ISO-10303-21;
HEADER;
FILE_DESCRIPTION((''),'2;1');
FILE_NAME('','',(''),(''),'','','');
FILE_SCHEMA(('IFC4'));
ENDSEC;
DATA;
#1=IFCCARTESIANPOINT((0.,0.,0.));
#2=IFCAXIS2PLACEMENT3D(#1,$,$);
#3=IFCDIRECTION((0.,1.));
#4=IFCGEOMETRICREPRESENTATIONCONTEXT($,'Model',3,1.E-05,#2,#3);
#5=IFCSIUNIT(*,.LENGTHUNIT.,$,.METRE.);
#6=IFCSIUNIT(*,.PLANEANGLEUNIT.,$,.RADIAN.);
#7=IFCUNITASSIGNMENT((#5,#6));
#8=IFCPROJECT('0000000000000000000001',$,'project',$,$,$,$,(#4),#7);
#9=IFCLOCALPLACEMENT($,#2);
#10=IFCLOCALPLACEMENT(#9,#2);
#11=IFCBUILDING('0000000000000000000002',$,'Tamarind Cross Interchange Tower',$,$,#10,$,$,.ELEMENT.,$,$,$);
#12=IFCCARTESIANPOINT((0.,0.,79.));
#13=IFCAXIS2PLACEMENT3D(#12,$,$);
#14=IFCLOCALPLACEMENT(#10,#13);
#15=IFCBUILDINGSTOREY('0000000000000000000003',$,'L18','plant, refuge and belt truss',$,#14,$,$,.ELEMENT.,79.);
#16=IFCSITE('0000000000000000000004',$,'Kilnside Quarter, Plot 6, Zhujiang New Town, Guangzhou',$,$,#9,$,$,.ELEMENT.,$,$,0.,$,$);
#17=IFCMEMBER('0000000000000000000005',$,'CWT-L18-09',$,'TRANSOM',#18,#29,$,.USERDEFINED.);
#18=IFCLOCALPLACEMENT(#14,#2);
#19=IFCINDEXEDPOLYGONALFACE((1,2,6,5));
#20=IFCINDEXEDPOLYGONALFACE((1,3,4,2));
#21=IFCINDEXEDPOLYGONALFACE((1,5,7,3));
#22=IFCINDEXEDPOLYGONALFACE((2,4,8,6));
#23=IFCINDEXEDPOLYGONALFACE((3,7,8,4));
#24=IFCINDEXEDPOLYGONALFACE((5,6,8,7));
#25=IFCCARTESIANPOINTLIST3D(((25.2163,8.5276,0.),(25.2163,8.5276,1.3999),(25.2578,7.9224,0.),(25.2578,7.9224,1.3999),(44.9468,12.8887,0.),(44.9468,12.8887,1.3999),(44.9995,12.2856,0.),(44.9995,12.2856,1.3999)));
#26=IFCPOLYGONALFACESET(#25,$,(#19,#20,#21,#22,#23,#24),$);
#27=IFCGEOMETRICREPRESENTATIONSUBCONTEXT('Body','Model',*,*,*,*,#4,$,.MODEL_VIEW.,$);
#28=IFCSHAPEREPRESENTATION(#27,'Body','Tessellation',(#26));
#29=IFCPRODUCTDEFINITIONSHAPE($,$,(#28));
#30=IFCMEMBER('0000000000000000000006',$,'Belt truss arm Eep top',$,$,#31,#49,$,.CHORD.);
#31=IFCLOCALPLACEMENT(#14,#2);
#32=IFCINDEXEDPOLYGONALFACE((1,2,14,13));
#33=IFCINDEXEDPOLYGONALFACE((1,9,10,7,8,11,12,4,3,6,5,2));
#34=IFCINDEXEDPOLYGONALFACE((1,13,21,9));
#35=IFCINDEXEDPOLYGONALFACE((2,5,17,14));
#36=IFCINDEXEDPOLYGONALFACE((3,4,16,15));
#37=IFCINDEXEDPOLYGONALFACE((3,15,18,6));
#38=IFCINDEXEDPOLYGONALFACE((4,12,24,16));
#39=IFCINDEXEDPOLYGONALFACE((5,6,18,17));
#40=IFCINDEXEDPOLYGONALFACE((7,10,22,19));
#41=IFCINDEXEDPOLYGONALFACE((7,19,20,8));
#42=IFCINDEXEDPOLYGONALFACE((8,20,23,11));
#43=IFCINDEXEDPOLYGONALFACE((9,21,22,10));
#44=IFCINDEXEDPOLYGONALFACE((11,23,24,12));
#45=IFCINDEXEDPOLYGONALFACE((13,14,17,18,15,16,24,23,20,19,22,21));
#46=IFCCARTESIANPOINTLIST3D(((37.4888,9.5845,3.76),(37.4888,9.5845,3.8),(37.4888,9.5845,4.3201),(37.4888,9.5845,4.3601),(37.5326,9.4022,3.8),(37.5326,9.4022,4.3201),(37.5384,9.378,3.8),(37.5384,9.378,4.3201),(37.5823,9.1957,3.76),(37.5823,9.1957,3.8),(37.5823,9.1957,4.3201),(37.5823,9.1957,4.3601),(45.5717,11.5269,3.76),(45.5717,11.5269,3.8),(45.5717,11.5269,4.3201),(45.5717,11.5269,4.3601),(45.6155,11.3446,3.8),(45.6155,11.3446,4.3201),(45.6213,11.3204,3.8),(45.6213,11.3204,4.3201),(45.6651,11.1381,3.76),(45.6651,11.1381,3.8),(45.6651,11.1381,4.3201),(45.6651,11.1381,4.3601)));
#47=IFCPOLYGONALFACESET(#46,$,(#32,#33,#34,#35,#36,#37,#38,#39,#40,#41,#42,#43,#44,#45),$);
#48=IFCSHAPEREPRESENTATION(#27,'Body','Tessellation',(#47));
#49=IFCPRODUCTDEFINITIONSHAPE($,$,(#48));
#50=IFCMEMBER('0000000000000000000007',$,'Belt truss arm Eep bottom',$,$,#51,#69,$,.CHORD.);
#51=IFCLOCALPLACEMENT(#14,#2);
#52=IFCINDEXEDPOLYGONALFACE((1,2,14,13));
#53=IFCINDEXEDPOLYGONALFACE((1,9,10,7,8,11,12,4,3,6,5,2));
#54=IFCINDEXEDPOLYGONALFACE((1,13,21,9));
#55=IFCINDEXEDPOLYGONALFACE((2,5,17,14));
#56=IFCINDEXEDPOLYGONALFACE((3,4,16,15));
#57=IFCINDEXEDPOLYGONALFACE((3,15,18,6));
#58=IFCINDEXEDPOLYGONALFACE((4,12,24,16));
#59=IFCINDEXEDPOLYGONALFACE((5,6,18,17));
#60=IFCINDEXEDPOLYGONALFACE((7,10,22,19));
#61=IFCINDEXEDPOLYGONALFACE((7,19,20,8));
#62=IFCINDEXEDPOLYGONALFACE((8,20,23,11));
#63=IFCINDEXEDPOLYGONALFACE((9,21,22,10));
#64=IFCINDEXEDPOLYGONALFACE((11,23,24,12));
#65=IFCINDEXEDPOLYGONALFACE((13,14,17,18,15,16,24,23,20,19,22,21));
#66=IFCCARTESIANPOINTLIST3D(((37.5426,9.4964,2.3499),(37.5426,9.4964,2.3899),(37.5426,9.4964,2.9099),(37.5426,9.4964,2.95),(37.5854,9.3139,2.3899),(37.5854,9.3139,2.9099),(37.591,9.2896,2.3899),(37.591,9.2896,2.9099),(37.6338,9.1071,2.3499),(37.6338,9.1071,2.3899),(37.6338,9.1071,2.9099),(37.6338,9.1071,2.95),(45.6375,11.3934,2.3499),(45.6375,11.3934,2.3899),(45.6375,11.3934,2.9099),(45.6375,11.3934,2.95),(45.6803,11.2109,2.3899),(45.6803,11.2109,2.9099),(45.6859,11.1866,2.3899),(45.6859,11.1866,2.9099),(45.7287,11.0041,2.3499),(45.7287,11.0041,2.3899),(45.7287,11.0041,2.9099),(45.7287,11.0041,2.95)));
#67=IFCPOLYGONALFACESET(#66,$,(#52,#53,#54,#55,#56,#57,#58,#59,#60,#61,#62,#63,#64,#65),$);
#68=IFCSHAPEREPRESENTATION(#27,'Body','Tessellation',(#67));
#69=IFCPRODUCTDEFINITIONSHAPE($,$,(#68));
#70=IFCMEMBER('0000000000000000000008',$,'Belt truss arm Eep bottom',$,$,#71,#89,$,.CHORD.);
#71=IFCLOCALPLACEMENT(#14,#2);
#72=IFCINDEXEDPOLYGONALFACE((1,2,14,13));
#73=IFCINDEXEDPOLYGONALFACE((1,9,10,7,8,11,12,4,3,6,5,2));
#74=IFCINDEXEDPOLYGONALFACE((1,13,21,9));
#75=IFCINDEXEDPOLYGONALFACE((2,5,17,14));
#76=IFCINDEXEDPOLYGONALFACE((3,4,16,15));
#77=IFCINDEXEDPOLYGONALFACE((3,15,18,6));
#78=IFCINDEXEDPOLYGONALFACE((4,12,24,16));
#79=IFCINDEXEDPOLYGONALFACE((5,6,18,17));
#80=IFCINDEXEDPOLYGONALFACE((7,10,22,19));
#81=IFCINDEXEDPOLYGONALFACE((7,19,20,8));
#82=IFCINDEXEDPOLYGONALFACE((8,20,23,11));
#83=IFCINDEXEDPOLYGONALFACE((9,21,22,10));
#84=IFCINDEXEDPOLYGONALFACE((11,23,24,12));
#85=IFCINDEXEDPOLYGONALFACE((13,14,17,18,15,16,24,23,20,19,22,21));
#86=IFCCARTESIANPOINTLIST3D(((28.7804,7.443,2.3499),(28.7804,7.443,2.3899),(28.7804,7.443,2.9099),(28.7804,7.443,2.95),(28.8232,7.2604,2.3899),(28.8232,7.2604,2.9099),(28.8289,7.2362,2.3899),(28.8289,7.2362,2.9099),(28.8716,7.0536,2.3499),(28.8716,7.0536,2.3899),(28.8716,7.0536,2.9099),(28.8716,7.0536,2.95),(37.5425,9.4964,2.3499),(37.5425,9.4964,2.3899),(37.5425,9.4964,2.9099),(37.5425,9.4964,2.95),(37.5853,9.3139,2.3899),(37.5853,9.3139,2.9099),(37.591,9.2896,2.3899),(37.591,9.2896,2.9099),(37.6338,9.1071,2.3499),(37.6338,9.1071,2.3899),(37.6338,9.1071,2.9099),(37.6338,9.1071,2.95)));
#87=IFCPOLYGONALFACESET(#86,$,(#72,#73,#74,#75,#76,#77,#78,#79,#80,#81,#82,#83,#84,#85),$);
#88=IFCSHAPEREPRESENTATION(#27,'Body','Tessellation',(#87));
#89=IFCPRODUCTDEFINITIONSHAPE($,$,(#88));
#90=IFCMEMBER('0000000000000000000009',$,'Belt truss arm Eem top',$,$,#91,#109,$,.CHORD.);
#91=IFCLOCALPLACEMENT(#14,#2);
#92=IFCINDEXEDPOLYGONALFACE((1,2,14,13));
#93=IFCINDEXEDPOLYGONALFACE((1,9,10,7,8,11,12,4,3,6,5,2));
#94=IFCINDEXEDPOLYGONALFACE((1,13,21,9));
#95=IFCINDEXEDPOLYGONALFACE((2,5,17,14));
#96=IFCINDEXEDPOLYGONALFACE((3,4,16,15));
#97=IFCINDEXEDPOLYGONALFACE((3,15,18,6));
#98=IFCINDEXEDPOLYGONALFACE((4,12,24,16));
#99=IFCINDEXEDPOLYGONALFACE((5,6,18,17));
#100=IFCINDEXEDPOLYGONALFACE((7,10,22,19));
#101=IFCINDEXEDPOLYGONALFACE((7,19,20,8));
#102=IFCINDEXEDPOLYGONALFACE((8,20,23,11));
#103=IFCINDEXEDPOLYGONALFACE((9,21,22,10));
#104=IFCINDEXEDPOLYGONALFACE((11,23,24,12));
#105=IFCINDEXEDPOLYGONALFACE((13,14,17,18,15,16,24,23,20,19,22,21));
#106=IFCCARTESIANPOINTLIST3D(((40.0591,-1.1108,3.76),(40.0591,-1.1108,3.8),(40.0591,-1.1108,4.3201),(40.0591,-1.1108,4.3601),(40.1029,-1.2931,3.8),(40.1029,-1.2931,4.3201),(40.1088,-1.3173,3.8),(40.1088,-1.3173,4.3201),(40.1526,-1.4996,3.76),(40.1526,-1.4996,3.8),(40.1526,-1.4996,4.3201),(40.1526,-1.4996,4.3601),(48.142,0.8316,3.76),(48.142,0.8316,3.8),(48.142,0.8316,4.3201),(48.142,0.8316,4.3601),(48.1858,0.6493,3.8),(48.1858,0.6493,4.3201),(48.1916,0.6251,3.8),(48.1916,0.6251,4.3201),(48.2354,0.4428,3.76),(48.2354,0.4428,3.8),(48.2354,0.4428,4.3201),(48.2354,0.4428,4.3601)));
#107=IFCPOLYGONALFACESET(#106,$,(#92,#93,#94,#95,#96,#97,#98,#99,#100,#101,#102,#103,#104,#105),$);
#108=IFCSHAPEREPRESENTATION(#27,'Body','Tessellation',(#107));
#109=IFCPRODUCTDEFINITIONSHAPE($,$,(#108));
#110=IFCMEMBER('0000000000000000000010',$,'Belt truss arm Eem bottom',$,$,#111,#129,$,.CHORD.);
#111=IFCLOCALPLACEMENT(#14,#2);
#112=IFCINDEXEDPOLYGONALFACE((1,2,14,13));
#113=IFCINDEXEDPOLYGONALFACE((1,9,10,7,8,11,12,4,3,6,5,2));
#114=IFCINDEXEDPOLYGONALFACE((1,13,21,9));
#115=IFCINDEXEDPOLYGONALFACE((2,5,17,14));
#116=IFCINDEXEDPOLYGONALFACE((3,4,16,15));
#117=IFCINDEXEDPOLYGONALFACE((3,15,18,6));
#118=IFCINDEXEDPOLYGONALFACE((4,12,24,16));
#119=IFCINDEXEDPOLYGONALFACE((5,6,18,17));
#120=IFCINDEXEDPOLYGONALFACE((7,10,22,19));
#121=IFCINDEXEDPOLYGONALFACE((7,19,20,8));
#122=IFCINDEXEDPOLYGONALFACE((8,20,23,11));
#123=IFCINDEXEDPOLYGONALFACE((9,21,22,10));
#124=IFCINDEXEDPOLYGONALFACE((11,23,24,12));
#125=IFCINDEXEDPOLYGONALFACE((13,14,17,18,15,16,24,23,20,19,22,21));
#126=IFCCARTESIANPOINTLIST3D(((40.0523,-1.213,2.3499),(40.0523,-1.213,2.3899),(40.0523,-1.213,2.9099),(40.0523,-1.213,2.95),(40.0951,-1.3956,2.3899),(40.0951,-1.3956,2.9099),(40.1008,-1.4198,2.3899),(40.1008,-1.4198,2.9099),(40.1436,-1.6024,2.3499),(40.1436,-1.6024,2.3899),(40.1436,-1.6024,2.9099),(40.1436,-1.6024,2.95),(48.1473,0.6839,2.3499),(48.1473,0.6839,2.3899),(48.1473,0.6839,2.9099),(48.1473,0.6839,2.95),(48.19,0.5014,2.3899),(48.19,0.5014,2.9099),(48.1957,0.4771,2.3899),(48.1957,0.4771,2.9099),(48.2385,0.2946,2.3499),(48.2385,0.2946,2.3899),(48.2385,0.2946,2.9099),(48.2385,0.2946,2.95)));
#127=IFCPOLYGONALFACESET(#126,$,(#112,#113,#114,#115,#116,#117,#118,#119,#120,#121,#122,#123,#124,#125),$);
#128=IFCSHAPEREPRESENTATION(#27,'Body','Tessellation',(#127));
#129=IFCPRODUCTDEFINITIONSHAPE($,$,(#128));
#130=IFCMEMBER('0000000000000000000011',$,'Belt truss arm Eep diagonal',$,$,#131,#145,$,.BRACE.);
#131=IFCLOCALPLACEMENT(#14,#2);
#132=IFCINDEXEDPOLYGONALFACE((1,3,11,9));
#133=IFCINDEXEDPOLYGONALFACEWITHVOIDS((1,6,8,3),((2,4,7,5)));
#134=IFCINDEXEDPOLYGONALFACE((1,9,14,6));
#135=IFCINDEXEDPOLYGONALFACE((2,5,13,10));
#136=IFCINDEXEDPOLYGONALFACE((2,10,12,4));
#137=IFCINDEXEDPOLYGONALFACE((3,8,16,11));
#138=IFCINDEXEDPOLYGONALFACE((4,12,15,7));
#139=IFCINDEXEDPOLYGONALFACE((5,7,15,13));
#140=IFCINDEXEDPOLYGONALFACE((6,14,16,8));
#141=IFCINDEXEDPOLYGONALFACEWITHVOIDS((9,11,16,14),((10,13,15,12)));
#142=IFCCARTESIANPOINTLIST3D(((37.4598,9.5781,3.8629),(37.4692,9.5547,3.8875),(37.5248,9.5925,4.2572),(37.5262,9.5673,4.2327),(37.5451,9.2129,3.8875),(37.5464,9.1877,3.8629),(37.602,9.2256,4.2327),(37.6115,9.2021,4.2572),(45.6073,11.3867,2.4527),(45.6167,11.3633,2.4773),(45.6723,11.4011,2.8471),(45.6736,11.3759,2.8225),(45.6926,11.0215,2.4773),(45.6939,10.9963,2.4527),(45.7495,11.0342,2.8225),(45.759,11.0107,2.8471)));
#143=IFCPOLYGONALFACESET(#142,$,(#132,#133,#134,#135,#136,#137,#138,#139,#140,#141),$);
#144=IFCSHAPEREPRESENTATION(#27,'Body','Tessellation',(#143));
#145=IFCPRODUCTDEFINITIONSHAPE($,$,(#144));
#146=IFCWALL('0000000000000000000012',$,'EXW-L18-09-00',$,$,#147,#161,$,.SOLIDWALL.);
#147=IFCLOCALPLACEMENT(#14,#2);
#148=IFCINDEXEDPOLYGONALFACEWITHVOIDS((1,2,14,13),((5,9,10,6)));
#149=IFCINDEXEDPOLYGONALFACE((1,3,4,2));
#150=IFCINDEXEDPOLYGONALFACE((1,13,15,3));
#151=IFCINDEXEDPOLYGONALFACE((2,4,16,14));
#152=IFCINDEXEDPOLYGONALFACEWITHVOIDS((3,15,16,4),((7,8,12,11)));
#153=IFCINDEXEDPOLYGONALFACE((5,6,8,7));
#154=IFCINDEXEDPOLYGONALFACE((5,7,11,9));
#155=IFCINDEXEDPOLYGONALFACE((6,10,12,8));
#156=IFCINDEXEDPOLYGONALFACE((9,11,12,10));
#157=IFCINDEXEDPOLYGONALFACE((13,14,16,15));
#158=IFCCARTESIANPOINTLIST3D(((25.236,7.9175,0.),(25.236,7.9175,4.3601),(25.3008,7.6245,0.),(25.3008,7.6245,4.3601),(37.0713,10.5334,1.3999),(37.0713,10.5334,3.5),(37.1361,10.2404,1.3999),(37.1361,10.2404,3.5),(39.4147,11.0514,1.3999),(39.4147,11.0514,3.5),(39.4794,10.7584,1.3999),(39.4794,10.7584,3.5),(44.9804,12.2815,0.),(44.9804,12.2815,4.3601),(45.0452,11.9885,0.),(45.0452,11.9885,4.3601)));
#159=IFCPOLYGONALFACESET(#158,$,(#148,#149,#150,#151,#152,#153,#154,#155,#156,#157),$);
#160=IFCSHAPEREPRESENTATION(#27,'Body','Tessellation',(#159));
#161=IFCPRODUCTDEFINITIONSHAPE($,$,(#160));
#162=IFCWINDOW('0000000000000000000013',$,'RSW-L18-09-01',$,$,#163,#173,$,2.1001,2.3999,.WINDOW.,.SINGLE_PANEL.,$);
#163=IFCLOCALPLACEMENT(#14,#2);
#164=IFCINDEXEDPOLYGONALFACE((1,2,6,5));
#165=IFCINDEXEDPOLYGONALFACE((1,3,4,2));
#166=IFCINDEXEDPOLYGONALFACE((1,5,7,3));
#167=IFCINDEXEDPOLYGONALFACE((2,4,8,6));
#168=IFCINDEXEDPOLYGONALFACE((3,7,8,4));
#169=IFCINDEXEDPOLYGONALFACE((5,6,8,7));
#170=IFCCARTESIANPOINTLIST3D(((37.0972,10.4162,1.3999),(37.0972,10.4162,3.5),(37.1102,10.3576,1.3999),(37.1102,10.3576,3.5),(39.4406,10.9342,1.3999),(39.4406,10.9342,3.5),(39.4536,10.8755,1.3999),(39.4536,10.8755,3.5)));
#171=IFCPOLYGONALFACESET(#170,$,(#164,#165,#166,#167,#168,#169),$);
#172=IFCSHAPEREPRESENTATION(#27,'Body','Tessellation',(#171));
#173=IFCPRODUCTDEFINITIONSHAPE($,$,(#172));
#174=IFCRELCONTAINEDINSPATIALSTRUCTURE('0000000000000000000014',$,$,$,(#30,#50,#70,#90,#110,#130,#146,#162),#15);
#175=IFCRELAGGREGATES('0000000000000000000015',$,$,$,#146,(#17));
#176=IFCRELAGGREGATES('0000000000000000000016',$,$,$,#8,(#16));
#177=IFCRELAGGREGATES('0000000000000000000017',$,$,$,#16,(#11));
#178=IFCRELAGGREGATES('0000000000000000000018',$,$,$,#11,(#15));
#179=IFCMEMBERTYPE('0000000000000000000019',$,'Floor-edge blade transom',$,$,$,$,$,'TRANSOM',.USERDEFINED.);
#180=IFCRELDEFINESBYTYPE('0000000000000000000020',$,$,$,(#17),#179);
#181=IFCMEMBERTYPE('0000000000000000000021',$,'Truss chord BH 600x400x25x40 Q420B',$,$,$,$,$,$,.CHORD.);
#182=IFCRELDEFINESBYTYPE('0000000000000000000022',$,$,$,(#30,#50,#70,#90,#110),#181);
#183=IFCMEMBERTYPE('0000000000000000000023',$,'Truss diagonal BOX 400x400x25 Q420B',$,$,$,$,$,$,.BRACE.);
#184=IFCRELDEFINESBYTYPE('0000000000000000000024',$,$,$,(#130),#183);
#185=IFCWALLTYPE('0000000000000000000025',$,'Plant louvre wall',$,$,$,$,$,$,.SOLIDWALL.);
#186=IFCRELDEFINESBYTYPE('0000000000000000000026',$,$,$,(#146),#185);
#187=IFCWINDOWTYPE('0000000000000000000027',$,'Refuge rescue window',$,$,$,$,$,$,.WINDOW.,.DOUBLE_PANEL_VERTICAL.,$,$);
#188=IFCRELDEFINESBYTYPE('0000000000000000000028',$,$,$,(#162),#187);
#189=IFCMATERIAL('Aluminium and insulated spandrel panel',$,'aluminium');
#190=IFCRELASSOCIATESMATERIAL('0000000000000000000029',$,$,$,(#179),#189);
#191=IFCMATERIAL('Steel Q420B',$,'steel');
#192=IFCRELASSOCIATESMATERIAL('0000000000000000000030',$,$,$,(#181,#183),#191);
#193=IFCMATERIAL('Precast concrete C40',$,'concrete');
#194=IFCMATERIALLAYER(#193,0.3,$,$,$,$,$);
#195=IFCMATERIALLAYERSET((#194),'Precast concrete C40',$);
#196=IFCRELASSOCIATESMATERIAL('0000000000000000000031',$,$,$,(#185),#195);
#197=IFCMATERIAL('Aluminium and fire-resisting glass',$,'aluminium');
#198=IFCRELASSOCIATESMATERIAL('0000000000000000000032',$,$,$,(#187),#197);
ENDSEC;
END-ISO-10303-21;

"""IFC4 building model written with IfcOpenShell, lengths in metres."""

from ifc_helpers import new_model, si_unit, direction, frame, frame_2d, origin, origin_2d, place, context, subcontext, project, spatial, polyline, rectangle, hollow_rectangle, i_section, outline, extrude, material, layer, layer_set, material_profile, profile_set, type_object, element, fill, aggregate, save


model = new_model("IFC4")

# Units and contexts
model_context = context("Model", 3, precision=1e-05, world=origin(), true_north=direction((0.0, 1.0)))
body_context = subcontext(model_context, "Body", "Model", "MODEL_VIEW")
ifc_project = project(units=[si_unit("LENGTHUNIT", "METRE"), si_unit("PLANEANGLEUNIT", "RADIAN")], contexts=[model_context])

# Site, building, storey
site_placement = place(None, origin())
site = spatial("IfcSite", under=ifc_project, at=site_placement, Name="Kilnside Quarter, Plot 6, Zhujiang New Town, Guangzhou", CompositionType="ELEMENT", RefElevation=0.0)
building_placement = place(site_placement, origin())
building = spatial("IfcBuilding", under=site, at=building_placement, Name="Tamarind Cross Interchange Tower", CompositionType="ELEMENT")
storey_placement = place(building_placement, frame((0.0, 0.0, 79.0)))
storey = spatial("IfcBuildingStorey", under=building, at=storey_placement, Name="L18", Description="plant, refuge and belt truss", CompositionType="ELEMENT", Elevation=79.0)

# Member
ifc_material_1 = material(Name="Aluminium and insulated spandrel panel", Category="aluminium")
member_type_1 = type_object("IfcMemberType", Name="Floor-edge blade transom", ElementType="TRANSOM", PredefinedType="USERDEFINED", material=ifc_material_1)
member_1_placement = place(storey_placement, origin())
member_1 = element("IfcMember", 1, at=member_1_placement, type_object=member_type_1, Name="CWT-L18-09", ObjectType="TRANSOM", PredefinedType="USERDEFINED", context=body_context, shape_type="SweptSolid", body=[
    extrude(outline(polyline([(44.9995, 12.2856), (25.2578, 7.9224), (25.2163, 8.5276), (44.9468, 12.8887), (44.9995, 12.2856)])), origin(), (0.0, 0.0, 1.0), 1.3999),
])

# Members
ifc_material_2 = material(Name="Steel Q420B", Category="steel")
ifc_material_profile_1 = material_profile(ifc_material_2, i_section(OverallWidth=0.3999, OverallDepth=0.6001, WebThickness=0.0249, FlangeThickness=0.04, at=origin_2d()), Name="BH 600x400x25x40")
ifc_profile_set_1 = profile_set([ifc_material_profile_1], Name="Steel Q420B")
member_type_2 = type_object("IfcMemberType", Name="Truss chord BH 600x400x25x40 Q420B", PredefinedType="CHORD", material=ifc_profile_set_1)
member_2_placement = place(storey_placement, frame((45.6184, 11.3325, 4.0601), z_axis=(-0.972318, -0.23366, 0.0), x_axis=(0.23366, -0.972318, 0.0)))
element("IfcMember", 2, at=member_2_placement, inside=storey, type_object=member_type_2, Name="Belt truss arm Eep top", PredefinedType="CHORD", context=body_context, shape_type="SweptSolid", body=[
    extrude(i_section(OverallWidth=0.3999, OverallDepth=0.6001, WebThickness=0.0249, FlangeThickness=0.04, at=origin_2d()), origin(), (0.0, 0.0, 1.0), 8.313),
])
member_3_placement = place(storey_placement, frame((45.6831, 11.1987, 2.6499), z_axis=(-0.973624, -0.228159, 0.0), x_axis=(0.228159, -0.973624, 0.0)))
element("IfcMember", 3, at=member_3_placement, inside=storey, type_object=member_type_2, Name="Belt truss arm Eep bottom", PredefinedType="CHORD", context=body_context, shape_type="SweptSolid", body=[
    extrude(i_section(OverallWidth=0.3999, OverallDepth=0.6001, WebThickness=0.0249, FlangeThickness=0.04, at=origin_2d()), origin(), (0.0, 0.0, 1.0), 8.3142),
])
member_4_placement = place(storey_placement, frame((37.5881, 9.3018, 2.6499), z_axis=(-0.973621, -0.228173, 0.0), x_axis=(0.228173, -0.973621, 0.0)))
element("IfcMember", 4, at=member_4_placement, inside=storey, type_object=member_type_2, Name="Belt truss arm Eep bottom", PredefinedType="CHORD", context=body_context, shape_type="SweptSolid", body=[
    extrude(i_section(OverallWidth=0.3999, OverallDepth=0.6001, WebThickness=0.0249, FlangeThickness=0.04, at=origin_2d()), origin(), (0.0, 0.0, 1.0), 8.9995),
])
member_5_placement = place(storey_placement, frame((48.1887, 0.6372, 4.0601), z_axis=(-0.972318, -0.23366, 0.0), x_axis=(0.23366, -0.972318, 0.0)))
element("IfcMember", 5, at=member_5_placement, inside=storey, type_object=member_type_2, Name="Belt truss arm Eem top", PredefinedType="CHORD", context=body_context, shape_type="SweptSolid", body=[
    extrude(i_section(OverallWidth=0.3999, OverallDepth=0.6001, WebThickness=0.0249, FlangeThickness=0.04, at=origin_2d()), origin(), (0.0, 0.0, 1.0), 8.313),
])
member_6_placement = place(storey_placement, frame((48.1929, 0.4893, 2.6499), z_axis=(-0.973624, -0.228159, 0.0), x_axis=(0.228159, -0.973624, 0.0)))
element("IfcMember", 6, at=member_6_placement, inside=storey, type_object=member_type_2, Name="Belt truss arm Eem bottom", PredefinedType="CHORD", context=body_context, shape_type="SweptSolid", body=[
    extrude(i_section(OverallWidth=0.3999, OverallDepth=0.6001, WebThickness=0.0249, FlangeThickness=0.04, at=origin_2d()), origin(), (0.0, 0.0, 1.0), 8.3142),
])
ifc_material_profile_2 = material_profile(ifc_material_2, hollow_rectangle(XDim=0.3999, YDim=0.3999, WallThickness=0.0249, at=origin_2d()), Name="BOX 400x400x25")
ifc_profile_set_2 = profile_set([ifc_material_profile_2], Name="Steel Q420B")
member_type_3 = type_object("IfcMemberType", Name="Truss diagonal BOX 400x400x25 Q420B", PredefinedType="BRACE", material=ifc_profile_set_2)
member_7_placement = place(storey_placement, frame((45.6831, 11.1987, 2.6499), z_axis=(-0.962592, -0.213679, 0.166605), x_axis=(0.216707, -0.976237, 0.0)))
element("IfcMember", 7, at=member_7_placement, inside=storey, type_object=member_type_3, Name="Belt truss arm Eep diagonal", PredefinedType="BRACE", context=body_context, shape_type="SweptSolid", body=[
    extrude(hollow_rectangle(XDim=0.3999, YDim=0.3999, WallThickness=0.0249, at=origin_2d()), origin(), (0.0, 0.0, 1.0), 8.4641),
])

# Shared definitions
ifc_material_3 = material(Name="Precast concrete C40", Category="concrete")
ifc_layer = layer(ifc_material_3, 0.3)
ifc_layer_set = layer_set([ifc_layer], Name="Precast concrete C40")
wall_type = type_object("IfcWallType", Name="Plant louvre wall", PredefinedType="SOLIDWALL", material=ifc_layer_set)

# Wall, opening, window
wall_1_placement = place(storey_placement, frame((45.0127, 12.135, 0.0), z_axis=(0.0, 0.0, 1.0), x_axis=(-0.976434, -0.215817, 0.0)))
wall_1 = element("IfcWall", 8, at=wall_1_placement, inside=storey, type_object=wall_type, Name="EXW-L18-09-00", PredefinedType="SOLIDWALL", context=body_context, shape_type="SweptSolid", body=[
    extrude(rectangle(XDim=20.2209, YDim=0.3, at=frame_2d((10.1104, 0.0))), origin(), (0.0, 0.0, 1.0), 4.3601),
])
opening_1_placement = place(wall_1_placement, frame((5.7, 0.0, 1.3999)))
opening_1 = element("IfcOpeningElement", 9, at=opening_1_placement, cuts=wall_1, PredefinedType="OPENING", context=body_context, shape_type="SweptSolid", body=[
    extrude(rectangle(XDim=2.3999, YDim=2.1001, at=frame_2d((1.2, 1.05))), frame((0.0, 0.1599, 0.0), z_axis=(0.0, -1.0, 0.0), x_axis=(1.0, 0.0, 0.0)), (0.0, 0.0, 1.0), 0.3201),
])
ifc_material_4 = material(Name="Aluminium and fire-resisting glass", Category="aluminium")
window_type_1 = type_object("IfcWindowType", Name="Refuge rescue window", PartitioningType="DOUBLE_PANEL_VERTICAL", PredefinedType="WINDOW", material=ifc_material_4)
window_1_placement = place(opening_1_placement, origin())
window_1 = element("IfcWindow", 10, at=window_1_placement, inside=storey, type_object=window_type_1, Name="RSW-L18-09-01", OverallHeight=2.1001, OverallWidth=2.3999, PartitioningType="SINGLE_PANEL", PredefinedType="WINDOW", context=body_context, shape_type="SweptSolid", body=[
    extrude(rectangle(XDim=2.3999, YDim=2.1001, at=frame_2d((1.2, 1.05))), frame((0.0, 0.03, 0.0), z_axis=(0.0, -1.0, 0.0), x_axis=(1.0, 0.0, 0.0)), (0.0, 0.0, 1.0), 0.0601),
])
fill(opening_1, window_1)
aggregate(wall_1, [member_1])

save(model, "model.ifc")
